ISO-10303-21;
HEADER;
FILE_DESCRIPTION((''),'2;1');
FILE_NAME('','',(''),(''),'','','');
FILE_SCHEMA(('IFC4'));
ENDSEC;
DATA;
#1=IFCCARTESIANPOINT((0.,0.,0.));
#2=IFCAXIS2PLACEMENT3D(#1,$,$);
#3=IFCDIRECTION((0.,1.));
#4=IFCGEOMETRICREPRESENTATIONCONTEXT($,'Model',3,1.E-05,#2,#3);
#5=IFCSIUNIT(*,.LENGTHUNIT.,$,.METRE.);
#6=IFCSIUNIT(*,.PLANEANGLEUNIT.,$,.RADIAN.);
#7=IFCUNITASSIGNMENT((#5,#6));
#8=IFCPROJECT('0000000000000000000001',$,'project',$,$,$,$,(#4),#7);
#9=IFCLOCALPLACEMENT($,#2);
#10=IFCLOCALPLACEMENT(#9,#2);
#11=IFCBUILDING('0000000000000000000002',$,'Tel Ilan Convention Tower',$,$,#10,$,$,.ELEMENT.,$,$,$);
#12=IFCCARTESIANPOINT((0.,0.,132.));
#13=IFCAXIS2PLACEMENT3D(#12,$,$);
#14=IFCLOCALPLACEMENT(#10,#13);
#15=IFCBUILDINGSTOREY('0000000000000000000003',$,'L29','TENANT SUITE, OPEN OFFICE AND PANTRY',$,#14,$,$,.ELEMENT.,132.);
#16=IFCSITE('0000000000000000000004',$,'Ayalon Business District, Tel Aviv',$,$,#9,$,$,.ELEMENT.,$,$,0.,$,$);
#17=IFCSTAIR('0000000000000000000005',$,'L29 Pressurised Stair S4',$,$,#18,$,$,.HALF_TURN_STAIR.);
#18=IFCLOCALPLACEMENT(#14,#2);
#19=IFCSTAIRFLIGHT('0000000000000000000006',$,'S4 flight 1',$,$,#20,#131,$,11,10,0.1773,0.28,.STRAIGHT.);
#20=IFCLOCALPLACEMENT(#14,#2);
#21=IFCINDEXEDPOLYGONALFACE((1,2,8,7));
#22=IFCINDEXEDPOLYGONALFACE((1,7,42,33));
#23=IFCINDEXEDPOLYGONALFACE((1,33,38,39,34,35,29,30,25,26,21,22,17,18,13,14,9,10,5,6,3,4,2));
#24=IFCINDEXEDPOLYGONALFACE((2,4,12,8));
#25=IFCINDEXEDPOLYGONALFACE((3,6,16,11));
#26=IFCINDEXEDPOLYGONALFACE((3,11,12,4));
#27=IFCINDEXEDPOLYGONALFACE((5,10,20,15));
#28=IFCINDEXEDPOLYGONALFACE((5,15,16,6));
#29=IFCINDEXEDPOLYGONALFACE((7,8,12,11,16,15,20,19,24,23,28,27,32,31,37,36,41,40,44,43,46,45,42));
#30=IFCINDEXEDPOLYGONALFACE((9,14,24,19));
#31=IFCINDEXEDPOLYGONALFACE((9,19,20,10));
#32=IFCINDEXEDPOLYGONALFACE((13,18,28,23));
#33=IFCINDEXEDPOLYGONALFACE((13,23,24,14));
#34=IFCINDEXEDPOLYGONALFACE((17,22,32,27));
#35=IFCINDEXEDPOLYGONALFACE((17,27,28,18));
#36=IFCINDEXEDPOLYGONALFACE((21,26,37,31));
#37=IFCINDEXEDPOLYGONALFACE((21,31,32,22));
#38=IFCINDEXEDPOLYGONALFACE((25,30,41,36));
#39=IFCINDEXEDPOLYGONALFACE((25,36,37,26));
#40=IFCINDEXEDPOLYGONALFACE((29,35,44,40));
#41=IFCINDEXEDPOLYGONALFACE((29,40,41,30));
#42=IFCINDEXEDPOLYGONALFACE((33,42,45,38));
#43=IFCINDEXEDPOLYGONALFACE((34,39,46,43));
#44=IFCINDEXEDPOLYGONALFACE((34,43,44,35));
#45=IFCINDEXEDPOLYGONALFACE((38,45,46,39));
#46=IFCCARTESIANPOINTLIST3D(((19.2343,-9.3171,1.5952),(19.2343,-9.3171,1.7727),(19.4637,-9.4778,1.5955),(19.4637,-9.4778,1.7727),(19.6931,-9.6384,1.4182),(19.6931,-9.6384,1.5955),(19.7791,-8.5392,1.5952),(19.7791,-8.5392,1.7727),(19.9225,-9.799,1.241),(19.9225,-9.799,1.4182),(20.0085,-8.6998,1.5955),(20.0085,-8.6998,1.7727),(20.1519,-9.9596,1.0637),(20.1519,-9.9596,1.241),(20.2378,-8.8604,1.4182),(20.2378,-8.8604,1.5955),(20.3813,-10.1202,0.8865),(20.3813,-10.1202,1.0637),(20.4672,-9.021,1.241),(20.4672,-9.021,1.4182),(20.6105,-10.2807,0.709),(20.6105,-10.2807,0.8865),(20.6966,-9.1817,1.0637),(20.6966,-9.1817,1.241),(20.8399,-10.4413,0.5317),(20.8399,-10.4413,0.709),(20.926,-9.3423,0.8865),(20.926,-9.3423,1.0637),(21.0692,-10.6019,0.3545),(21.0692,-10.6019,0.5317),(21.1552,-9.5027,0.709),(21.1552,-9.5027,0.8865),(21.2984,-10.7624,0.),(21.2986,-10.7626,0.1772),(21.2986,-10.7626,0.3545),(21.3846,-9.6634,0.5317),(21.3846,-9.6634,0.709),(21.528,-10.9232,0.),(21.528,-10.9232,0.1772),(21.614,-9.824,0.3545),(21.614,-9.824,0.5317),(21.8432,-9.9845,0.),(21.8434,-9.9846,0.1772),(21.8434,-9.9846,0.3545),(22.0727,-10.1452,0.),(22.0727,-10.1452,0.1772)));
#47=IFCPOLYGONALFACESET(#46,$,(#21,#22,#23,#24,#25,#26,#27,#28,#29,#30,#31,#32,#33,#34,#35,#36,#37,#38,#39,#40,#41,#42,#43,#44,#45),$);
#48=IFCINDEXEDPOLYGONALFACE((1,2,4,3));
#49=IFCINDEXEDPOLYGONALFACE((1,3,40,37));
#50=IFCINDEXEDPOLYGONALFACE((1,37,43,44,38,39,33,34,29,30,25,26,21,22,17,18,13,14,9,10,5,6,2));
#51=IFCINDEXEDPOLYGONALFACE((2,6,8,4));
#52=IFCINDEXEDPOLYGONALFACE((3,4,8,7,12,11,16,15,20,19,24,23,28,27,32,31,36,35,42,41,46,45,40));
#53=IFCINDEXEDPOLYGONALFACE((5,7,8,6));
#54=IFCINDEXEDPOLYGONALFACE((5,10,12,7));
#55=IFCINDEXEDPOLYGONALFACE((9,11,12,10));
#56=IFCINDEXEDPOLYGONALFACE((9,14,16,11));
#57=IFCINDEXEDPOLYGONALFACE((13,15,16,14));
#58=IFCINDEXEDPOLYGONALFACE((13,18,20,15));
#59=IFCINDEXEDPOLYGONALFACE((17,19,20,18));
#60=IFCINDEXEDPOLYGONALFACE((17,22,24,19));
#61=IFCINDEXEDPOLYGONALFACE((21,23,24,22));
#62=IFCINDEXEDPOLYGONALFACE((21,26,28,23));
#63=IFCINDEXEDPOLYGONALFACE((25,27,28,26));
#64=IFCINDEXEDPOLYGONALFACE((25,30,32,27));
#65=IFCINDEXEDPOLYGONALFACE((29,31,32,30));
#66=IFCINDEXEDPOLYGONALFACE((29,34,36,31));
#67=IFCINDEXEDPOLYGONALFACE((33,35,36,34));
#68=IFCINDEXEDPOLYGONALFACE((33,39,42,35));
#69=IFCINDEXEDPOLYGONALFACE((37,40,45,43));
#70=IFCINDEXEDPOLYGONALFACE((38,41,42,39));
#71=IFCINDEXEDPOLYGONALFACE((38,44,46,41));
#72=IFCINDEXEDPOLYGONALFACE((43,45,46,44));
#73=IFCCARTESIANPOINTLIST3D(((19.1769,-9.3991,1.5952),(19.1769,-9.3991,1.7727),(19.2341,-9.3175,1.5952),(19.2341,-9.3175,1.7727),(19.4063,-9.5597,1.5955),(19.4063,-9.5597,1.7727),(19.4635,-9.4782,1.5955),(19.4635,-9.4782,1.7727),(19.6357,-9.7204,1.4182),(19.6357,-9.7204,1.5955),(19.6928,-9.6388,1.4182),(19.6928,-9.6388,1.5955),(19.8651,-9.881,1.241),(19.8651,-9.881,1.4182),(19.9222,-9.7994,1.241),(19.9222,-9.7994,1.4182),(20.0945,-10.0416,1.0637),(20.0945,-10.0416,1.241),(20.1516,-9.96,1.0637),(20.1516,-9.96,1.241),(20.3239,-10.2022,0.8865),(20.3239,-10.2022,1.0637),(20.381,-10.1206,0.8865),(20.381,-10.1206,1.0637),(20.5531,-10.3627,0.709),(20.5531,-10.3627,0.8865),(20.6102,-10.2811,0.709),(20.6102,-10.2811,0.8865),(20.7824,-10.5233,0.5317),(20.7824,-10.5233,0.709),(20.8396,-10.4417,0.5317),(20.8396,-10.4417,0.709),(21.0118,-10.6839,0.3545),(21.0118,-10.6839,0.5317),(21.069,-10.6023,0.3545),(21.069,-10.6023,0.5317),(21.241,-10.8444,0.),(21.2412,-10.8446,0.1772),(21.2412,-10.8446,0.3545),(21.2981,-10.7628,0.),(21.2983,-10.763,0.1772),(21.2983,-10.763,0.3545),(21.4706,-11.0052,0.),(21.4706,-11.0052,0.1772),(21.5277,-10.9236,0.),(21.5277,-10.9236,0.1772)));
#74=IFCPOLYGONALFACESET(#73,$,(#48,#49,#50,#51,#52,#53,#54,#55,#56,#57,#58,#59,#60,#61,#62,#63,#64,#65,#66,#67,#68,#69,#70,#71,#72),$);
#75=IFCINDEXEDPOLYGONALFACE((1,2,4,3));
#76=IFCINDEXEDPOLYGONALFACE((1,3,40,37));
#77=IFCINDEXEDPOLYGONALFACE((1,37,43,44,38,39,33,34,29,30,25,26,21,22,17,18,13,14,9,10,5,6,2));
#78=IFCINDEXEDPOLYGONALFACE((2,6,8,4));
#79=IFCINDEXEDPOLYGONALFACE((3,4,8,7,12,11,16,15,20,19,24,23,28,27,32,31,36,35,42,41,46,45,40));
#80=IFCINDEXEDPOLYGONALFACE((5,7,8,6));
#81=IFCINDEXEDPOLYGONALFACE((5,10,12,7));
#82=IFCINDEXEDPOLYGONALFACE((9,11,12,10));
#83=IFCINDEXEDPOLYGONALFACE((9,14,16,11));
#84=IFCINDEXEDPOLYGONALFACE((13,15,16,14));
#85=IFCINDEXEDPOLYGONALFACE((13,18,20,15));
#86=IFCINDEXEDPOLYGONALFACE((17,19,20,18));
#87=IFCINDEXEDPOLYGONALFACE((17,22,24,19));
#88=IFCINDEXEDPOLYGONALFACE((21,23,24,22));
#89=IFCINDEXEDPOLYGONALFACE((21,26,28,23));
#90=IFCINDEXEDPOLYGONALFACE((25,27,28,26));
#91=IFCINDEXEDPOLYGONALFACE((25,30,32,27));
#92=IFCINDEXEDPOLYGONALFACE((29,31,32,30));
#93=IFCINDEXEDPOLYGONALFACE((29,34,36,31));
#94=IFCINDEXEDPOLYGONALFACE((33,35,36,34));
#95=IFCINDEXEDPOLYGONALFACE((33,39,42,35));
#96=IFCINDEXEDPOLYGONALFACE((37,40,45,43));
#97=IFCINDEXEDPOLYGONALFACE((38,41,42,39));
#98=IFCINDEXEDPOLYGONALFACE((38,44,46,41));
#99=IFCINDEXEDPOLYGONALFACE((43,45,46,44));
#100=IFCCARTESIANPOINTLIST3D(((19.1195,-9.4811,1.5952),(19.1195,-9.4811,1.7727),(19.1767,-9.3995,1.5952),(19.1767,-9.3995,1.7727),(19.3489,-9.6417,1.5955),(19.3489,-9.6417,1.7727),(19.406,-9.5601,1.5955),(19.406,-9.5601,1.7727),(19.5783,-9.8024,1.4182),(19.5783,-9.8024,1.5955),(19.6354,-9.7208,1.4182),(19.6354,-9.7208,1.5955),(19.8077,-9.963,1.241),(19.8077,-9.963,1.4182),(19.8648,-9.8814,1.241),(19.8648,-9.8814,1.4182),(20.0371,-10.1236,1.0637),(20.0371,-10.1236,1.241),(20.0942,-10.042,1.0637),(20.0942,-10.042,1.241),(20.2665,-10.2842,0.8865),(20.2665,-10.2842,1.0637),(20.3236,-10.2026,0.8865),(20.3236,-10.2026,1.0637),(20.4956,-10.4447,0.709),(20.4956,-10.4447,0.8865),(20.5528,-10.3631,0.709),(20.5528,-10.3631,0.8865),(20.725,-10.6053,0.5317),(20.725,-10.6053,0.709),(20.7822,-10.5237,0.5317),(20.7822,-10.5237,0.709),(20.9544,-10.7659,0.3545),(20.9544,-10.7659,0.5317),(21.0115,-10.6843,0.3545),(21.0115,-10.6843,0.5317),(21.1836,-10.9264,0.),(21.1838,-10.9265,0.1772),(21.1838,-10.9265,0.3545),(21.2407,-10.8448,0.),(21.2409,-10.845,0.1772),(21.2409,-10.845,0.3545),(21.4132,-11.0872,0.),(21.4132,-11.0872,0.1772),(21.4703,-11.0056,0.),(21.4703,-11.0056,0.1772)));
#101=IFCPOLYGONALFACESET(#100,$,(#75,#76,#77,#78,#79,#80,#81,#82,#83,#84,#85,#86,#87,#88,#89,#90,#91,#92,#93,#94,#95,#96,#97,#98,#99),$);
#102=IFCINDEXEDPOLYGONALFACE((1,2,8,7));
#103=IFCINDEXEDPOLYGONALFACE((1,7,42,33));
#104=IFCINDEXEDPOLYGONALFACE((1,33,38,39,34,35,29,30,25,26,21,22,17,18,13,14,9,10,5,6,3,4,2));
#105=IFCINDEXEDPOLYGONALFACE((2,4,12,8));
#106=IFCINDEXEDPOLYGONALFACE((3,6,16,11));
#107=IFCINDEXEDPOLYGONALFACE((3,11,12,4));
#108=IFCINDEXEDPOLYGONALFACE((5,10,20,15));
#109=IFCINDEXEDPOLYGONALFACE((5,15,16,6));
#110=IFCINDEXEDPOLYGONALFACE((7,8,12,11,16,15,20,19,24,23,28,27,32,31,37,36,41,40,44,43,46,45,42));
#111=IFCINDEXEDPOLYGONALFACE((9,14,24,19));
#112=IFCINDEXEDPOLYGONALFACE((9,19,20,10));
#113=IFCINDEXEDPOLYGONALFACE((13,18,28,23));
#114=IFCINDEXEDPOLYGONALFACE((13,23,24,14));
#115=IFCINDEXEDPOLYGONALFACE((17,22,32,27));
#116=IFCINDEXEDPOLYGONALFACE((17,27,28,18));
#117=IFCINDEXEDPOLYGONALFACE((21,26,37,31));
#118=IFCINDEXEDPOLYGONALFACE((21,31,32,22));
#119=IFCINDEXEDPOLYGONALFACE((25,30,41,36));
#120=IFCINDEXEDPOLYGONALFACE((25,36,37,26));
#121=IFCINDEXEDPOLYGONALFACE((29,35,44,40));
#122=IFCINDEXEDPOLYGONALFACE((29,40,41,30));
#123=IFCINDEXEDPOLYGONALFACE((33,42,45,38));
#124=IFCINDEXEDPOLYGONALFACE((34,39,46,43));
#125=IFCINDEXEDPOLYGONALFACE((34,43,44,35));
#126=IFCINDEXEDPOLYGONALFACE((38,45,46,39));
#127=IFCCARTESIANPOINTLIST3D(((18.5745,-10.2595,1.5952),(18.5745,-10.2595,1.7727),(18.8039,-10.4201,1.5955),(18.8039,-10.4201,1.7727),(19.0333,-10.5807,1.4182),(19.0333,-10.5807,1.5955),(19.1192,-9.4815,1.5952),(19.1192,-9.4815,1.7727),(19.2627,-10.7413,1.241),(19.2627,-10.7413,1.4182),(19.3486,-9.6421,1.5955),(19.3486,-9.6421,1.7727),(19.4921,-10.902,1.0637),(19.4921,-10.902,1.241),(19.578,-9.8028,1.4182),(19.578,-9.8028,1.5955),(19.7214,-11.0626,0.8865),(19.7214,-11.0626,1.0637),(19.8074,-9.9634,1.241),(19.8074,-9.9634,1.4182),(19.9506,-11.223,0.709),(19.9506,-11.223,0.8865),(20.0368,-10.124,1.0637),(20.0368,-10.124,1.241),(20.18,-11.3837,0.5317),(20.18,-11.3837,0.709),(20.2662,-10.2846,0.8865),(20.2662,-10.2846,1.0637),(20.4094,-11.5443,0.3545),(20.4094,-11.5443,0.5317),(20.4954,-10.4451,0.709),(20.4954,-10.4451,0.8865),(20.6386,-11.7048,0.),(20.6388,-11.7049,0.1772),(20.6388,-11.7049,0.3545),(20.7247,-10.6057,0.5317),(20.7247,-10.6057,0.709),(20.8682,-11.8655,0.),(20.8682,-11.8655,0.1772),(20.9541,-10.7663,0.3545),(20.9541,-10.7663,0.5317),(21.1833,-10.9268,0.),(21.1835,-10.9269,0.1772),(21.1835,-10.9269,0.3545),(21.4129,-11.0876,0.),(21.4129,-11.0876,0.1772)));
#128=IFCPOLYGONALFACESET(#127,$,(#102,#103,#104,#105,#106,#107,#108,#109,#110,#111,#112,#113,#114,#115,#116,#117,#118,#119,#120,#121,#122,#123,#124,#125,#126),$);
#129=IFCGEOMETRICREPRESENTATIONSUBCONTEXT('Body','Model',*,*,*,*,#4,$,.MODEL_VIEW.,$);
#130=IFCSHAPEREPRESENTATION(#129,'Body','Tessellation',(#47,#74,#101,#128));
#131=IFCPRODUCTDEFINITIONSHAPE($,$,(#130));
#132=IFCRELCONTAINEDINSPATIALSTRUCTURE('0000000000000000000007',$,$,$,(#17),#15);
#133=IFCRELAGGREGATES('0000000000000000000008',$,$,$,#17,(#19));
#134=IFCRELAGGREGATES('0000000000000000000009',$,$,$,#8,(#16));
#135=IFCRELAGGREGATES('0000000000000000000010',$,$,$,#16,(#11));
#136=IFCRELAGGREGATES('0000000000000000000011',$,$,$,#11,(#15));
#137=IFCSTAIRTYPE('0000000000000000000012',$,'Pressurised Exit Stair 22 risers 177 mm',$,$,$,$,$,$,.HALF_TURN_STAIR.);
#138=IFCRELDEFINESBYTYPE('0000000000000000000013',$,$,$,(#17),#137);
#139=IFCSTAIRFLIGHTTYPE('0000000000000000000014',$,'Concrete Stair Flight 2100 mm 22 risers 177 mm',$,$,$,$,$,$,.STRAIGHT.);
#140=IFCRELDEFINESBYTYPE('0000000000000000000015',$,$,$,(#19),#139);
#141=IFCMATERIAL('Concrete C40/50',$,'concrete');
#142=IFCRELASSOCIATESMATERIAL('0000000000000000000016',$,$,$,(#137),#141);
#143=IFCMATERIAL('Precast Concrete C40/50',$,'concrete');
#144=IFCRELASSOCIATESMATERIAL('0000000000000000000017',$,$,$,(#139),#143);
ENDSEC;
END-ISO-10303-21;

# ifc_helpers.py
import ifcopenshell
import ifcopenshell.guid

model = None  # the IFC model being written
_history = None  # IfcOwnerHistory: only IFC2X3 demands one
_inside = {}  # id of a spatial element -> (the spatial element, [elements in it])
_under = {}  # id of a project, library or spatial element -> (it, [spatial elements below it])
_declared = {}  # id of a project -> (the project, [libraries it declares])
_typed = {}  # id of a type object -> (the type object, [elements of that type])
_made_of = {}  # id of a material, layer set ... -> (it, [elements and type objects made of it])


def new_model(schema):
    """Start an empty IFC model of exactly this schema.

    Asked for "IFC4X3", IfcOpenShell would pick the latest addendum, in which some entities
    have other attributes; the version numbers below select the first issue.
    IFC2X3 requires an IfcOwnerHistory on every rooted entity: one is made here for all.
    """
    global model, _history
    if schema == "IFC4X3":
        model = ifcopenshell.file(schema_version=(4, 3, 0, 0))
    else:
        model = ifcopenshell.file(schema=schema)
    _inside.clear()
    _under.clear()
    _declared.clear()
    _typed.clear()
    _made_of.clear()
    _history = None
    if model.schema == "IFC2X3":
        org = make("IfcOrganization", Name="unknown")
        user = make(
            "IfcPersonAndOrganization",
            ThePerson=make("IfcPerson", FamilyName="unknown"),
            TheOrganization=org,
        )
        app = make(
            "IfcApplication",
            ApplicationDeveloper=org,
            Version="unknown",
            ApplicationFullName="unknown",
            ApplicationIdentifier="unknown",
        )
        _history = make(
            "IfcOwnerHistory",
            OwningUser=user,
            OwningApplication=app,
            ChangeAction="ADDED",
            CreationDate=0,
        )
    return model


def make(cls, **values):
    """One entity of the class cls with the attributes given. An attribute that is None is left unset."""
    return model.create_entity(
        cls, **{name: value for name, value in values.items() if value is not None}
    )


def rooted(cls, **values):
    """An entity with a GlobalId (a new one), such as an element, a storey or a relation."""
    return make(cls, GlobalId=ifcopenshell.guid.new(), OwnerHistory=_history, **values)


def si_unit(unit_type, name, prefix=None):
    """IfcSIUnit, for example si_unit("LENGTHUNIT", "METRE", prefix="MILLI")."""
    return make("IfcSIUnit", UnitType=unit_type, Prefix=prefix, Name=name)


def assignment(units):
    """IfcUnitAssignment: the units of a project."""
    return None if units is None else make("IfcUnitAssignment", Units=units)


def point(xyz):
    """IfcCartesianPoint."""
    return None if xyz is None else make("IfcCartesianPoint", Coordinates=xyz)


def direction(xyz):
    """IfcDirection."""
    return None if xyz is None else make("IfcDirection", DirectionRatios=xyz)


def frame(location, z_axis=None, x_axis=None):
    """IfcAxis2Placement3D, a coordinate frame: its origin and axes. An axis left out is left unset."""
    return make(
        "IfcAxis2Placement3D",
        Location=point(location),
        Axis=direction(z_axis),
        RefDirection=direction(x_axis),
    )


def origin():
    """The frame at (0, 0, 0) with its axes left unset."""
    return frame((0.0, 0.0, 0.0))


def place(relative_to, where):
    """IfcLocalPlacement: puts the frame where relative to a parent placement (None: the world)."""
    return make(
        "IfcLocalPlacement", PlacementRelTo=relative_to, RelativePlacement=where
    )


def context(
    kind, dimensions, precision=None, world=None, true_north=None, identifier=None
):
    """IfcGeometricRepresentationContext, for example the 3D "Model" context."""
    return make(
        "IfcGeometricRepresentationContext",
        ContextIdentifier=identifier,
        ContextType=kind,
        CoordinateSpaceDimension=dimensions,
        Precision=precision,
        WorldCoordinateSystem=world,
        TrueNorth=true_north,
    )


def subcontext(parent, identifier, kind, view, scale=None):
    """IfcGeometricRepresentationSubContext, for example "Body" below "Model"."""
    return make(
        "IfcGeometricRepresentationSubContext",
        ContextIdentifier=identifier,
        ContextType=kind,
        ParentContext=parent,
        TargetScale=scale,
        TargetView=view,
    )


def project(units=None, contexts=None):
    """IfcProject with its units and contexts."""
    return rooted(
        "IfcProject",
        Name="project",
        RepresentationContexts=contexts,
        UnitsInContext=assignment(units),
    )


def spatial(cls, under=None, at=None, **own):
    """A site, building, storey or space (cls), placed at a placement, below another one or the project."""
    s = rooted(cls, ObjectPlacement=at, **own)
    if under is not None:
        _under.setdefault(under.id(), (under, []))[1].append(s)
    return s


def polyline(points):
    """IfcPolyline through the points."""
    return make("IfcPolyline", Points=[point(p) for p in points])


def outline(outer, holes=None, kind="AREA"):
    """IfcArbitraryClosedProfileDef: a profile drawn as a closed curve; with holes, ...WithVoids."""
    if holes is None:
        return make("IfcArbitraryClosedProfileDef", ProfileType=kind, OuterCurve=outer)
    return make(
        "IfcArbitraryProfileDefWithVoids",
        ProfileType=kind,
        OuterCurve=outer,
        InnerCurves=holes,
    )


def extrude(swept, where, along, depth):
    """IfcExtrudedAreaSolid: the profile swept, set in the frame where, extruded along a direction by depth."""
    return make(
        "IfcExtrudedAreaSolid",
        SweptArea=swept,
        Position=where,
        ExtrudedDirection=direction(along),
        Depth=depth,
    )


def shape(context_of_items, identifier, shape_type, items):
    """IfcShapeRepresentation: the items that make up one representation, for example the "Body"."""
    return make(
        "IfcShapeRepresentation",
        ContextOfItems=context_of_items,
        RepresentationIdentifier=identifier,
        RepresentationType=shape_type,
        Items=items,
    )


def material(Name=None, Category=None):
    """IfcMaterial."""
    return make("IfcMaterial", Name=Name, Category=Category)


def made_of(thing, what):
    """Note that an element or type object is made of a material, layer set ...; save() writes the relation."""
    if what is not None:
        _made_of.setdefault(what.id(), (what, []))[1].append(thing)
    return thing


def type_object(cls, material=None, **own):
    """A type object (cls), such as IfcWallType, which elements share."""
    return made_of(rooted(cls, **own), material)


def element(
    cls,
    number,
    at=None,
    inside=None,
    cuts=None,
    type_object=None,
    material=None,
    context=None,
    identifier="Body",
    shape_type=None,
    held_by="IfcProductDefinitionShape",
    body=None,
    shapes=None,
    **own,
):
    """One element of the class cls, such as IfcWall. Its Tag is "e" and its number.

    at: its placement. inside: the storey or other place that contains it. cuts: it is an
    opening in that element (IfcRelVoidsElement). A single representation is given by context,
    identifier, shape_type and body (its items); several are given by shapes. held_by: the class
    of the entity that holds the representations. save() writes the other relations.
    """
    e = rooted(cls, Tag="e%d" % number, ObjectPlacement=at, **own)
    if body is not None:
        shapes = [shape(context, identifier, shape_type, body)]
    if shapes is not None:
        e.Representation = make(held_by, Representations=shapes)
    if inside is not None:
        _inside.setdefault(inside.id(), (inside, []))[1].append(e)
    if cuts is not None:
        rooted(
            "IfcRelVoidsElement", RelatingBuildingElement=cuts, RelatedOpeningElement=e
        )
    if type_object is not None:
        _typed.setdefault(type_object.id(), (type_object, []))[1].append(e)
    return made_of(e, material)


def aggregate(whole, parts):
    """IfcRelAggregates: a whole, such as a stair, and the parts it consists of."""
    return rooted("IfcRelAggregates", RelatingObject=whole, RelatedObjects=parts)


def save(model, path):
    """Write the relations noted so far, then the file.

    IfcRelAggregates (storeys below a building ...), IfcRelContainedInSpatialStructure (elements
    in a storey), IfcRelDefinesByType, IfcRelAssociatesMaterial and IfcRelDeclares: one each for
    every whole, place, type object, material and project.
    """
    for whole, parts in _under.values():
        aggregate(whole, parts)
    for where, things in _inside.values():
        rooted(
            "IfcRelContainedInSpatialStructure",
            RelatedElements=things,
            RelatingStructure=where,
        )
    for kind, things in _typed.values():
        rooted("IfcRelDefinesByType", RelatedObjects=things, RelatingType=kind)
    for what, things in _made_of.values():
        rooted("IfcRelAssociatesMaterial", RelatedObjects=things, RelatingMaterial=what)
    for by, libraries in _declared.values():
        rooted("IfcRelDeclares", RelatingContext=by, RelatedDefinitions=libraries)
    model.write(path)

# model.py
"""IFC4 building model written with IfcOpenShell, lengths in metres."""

from ifc_helpers import new_model, si_unit, direction, frame, origin, place, context, subcontext, project, spatial, polyline, outline, extrude, material, type_object, element, aggregate, save


model = new_model("IFC4")

# Units and contexts
model_context = context("Model", 3, precision=1e-05, world=origin(), true_north=direction((0.0, 1.0)))
body_context = subcontext(model_context, "Body", "Model", "MODEL_VIEW")
ifc_project = project(units=[si_unit("LENGTHUNIT", "METRE"), si_unit("PLANEANGLEUNIT", "RADIAN")], contexts=[model_context])

# Site, building, storey
site_placement = place(None, origin())
site = spatial("IfcSite", under=ifc_project, at=site_placement, Name="Ayalon Business District, Tel Aviv", CompositionType="ELEMENT", RefElevation=0.0)
building_placement = place(site_placement, origin())
building = spatial("IfcBuilding", under=site, at=building_placement, Name="Tel Ilan Convention Tower", CompositionType="ELEMENT")
storey_placement = place(building_placement, frame((0.0, 0.0, 132.0)))
storey = spatial("IfcBuildingStorey", under=building, at=storey_placement, Name="L29", Description="TENANT SUITE, OPEN OFFICE AND PANTRY", CompositionType="ELEMENT", Elevation=132.0)

# Shared definitions
ifc_material_1 = material(Name="Concrete C40/50", Category="concrete")
stair_type = type_object("IfcStairType", Name="Pressurised Exit Stair 22 risers 177 mm", PredefinedType="HALF_TURN_STAIR", material=ifc_material_1)
ifc_material_2 = material(Name="Precast Concrete C40/50", Category="concrete")
stair_flight_type = type_object("IfcStairFlightType", Name="Concrete Stair Flight 2100 mm 22 risers 177 mm", PredefinedType="STRAIGHT", material=ifc_material_2)

# Stair, stair flight
stair_1_placement = place(storey_placement, origin())
stair_1 = element("IfcStair", 1, at=stair_1_placement, inside=storey, type_object=stair_type, Name="L29 Pressurised Stair S4", PredefinedType="HALF_TURN_STAIR")
stair_flight_1_placement = place(storey_placement, frame((21.4705, -11.0054, 0.0), z_axis=(0.0, 0.0, 1.0), x_axis=(-0.819152, 0.573576, 0.0)))
stair_flight_1 = element("IfcStairFlight", 2, at=stair_flight_1_placement, type_object=stair_flight_type, Name="S4 flight 1", NumberOfRisers=11, NumberOfTreads=10, PredefinedType="STRAIGHT", RiserHeight=0.1773, TreadLength=0.28, context=body_context, shape_type="SweptSolid", body=[
    extrude(outline(polyline([(0.0, 0.0), (0.0, 0.1772), (0.28, 0.1772), (0.28, 0.3545), (0.5601, 0.3545), (0.5601, 0.5317), (0.8401, 0.5317), (0.8401, 0.709), (1.1201, 0.709), (1.1201, 0.8865), (1.3999, 0.8865), (1.3999, 1.0637), (1.6799, 1.0637), (1.6799, 1.241), (1.96, 1.241), (1.96, 1.4182), (2.24, 1.4182), (2.24, 1.5955), (2.52, 1.5955), (2.52, 1.7727), (2.8, 1.7727), (2.8, 1.95), (2.8, 1.5952), (0.2803, 0.0), (0.0, 0.0)])), frame((0.0, -0.1003, 0.0), z_axis=(0.0, -1.0, 0.0), x_axis=(1.0, 0.0, 0.0)), (0.0, 0.0, 1.0), 0.9497),
    extrude(outline(polyline([(0.0, 0.0), (0.0, 0.1772), (0.28, 0.1772), (0.28, 0.3545), (0.5601, 0.3545), (0.5601, 0.5317), (0.8401, 0.5317), (0.8401, 0.709), (1.1201, 0.709), (1.1201, 0.8865), (1.3999, 0.8865), (1.3999, 1.0637), (1.6799, 1.0637), (1.6799, 1.241), (1.96, 1.241), (1.96, 1.4182), (2.24, 1.4182), (2.24, 1.5955), (2.52, 1.5955), (2.52, 1.7727), (2.8, 1.7727), (2.8, 1.95), (2.8, 1.5952), (0.2803, 0.0), (0.0, 0.0)])), frame((0.0, -0.0002, 0.0), z_axis=(0.0, -1.0, 0.0), x_axis=(1.0, 0.0, 0.0)), (0.0, 0.0, 1.0), 0.0996),
    extrude(outline(polyline([(0.0, 0.0), (0.0, 0.1772), (0.28, 0.1772), (0.28, 0.3545), (0.5601, 0.3545), (0.5601, 0.5317), (0.8401, 0.5317), (0.8401, 0.709), (1.1201, 0.709), (1.1201, 0.8865), (1.3999, 0.8865), (1.3999, 1.0637), (1.6799, 1.0637), (1.6799, 1.241), (1.96, 1.241), (1.96, 1.4182), (2.24, 1.4182), (2.24, 1.5955), (2.52, 1.5955), (2.52, 1.7727), (2.8, 1.7727), (2.8, 1.95), (2.8, 1.5952), (0.2803, 0.0), (0.0, 0.0)])), frame((0.0, 0.0999, 0.0), z_axis=(0.0, -1.0, 0.0), x_axis=(1.0, 0.0, 0.0)), (0.0, 0.0, 1.0), 0.0996),
    extrude(outline(polyline([(0.0, 0.0), (0.0, 0.1772), (0.28, 0.1772), (0.28, 0.3545), (0.5601, 0.3545), (0.5601, 0.5317), (0.8401, 0.5317), (0.8401, 0.709), (1.1201, 0.709), (1.1201, 0.8865), (1.3999, 0.8865), (1.3999, 1.0637), (1.6799, 1.0637), (1.6799, 1.241), (1.96, 1.241), (1.96, 1.4182), (2.24, 1.4182), (2.24, 1.5955), (2.52, 1.5955), (2.52, 1.7727), (2.8, 1.7727), (2.8, 1.95), (2.8, 1.5952), (0.2803, 0.0), (0.0, 0.0)])), frame((0.0, 1.05, 0.0), z_axis=(0.0, -1.0, 0.0), x_axis=(1.0, 0.0, 0.0)), (0.0, 0.0, 1.0), 0.9497),
])
aggregate(stair_1, [stair_flight_1])

save(model, "model.ifc")
